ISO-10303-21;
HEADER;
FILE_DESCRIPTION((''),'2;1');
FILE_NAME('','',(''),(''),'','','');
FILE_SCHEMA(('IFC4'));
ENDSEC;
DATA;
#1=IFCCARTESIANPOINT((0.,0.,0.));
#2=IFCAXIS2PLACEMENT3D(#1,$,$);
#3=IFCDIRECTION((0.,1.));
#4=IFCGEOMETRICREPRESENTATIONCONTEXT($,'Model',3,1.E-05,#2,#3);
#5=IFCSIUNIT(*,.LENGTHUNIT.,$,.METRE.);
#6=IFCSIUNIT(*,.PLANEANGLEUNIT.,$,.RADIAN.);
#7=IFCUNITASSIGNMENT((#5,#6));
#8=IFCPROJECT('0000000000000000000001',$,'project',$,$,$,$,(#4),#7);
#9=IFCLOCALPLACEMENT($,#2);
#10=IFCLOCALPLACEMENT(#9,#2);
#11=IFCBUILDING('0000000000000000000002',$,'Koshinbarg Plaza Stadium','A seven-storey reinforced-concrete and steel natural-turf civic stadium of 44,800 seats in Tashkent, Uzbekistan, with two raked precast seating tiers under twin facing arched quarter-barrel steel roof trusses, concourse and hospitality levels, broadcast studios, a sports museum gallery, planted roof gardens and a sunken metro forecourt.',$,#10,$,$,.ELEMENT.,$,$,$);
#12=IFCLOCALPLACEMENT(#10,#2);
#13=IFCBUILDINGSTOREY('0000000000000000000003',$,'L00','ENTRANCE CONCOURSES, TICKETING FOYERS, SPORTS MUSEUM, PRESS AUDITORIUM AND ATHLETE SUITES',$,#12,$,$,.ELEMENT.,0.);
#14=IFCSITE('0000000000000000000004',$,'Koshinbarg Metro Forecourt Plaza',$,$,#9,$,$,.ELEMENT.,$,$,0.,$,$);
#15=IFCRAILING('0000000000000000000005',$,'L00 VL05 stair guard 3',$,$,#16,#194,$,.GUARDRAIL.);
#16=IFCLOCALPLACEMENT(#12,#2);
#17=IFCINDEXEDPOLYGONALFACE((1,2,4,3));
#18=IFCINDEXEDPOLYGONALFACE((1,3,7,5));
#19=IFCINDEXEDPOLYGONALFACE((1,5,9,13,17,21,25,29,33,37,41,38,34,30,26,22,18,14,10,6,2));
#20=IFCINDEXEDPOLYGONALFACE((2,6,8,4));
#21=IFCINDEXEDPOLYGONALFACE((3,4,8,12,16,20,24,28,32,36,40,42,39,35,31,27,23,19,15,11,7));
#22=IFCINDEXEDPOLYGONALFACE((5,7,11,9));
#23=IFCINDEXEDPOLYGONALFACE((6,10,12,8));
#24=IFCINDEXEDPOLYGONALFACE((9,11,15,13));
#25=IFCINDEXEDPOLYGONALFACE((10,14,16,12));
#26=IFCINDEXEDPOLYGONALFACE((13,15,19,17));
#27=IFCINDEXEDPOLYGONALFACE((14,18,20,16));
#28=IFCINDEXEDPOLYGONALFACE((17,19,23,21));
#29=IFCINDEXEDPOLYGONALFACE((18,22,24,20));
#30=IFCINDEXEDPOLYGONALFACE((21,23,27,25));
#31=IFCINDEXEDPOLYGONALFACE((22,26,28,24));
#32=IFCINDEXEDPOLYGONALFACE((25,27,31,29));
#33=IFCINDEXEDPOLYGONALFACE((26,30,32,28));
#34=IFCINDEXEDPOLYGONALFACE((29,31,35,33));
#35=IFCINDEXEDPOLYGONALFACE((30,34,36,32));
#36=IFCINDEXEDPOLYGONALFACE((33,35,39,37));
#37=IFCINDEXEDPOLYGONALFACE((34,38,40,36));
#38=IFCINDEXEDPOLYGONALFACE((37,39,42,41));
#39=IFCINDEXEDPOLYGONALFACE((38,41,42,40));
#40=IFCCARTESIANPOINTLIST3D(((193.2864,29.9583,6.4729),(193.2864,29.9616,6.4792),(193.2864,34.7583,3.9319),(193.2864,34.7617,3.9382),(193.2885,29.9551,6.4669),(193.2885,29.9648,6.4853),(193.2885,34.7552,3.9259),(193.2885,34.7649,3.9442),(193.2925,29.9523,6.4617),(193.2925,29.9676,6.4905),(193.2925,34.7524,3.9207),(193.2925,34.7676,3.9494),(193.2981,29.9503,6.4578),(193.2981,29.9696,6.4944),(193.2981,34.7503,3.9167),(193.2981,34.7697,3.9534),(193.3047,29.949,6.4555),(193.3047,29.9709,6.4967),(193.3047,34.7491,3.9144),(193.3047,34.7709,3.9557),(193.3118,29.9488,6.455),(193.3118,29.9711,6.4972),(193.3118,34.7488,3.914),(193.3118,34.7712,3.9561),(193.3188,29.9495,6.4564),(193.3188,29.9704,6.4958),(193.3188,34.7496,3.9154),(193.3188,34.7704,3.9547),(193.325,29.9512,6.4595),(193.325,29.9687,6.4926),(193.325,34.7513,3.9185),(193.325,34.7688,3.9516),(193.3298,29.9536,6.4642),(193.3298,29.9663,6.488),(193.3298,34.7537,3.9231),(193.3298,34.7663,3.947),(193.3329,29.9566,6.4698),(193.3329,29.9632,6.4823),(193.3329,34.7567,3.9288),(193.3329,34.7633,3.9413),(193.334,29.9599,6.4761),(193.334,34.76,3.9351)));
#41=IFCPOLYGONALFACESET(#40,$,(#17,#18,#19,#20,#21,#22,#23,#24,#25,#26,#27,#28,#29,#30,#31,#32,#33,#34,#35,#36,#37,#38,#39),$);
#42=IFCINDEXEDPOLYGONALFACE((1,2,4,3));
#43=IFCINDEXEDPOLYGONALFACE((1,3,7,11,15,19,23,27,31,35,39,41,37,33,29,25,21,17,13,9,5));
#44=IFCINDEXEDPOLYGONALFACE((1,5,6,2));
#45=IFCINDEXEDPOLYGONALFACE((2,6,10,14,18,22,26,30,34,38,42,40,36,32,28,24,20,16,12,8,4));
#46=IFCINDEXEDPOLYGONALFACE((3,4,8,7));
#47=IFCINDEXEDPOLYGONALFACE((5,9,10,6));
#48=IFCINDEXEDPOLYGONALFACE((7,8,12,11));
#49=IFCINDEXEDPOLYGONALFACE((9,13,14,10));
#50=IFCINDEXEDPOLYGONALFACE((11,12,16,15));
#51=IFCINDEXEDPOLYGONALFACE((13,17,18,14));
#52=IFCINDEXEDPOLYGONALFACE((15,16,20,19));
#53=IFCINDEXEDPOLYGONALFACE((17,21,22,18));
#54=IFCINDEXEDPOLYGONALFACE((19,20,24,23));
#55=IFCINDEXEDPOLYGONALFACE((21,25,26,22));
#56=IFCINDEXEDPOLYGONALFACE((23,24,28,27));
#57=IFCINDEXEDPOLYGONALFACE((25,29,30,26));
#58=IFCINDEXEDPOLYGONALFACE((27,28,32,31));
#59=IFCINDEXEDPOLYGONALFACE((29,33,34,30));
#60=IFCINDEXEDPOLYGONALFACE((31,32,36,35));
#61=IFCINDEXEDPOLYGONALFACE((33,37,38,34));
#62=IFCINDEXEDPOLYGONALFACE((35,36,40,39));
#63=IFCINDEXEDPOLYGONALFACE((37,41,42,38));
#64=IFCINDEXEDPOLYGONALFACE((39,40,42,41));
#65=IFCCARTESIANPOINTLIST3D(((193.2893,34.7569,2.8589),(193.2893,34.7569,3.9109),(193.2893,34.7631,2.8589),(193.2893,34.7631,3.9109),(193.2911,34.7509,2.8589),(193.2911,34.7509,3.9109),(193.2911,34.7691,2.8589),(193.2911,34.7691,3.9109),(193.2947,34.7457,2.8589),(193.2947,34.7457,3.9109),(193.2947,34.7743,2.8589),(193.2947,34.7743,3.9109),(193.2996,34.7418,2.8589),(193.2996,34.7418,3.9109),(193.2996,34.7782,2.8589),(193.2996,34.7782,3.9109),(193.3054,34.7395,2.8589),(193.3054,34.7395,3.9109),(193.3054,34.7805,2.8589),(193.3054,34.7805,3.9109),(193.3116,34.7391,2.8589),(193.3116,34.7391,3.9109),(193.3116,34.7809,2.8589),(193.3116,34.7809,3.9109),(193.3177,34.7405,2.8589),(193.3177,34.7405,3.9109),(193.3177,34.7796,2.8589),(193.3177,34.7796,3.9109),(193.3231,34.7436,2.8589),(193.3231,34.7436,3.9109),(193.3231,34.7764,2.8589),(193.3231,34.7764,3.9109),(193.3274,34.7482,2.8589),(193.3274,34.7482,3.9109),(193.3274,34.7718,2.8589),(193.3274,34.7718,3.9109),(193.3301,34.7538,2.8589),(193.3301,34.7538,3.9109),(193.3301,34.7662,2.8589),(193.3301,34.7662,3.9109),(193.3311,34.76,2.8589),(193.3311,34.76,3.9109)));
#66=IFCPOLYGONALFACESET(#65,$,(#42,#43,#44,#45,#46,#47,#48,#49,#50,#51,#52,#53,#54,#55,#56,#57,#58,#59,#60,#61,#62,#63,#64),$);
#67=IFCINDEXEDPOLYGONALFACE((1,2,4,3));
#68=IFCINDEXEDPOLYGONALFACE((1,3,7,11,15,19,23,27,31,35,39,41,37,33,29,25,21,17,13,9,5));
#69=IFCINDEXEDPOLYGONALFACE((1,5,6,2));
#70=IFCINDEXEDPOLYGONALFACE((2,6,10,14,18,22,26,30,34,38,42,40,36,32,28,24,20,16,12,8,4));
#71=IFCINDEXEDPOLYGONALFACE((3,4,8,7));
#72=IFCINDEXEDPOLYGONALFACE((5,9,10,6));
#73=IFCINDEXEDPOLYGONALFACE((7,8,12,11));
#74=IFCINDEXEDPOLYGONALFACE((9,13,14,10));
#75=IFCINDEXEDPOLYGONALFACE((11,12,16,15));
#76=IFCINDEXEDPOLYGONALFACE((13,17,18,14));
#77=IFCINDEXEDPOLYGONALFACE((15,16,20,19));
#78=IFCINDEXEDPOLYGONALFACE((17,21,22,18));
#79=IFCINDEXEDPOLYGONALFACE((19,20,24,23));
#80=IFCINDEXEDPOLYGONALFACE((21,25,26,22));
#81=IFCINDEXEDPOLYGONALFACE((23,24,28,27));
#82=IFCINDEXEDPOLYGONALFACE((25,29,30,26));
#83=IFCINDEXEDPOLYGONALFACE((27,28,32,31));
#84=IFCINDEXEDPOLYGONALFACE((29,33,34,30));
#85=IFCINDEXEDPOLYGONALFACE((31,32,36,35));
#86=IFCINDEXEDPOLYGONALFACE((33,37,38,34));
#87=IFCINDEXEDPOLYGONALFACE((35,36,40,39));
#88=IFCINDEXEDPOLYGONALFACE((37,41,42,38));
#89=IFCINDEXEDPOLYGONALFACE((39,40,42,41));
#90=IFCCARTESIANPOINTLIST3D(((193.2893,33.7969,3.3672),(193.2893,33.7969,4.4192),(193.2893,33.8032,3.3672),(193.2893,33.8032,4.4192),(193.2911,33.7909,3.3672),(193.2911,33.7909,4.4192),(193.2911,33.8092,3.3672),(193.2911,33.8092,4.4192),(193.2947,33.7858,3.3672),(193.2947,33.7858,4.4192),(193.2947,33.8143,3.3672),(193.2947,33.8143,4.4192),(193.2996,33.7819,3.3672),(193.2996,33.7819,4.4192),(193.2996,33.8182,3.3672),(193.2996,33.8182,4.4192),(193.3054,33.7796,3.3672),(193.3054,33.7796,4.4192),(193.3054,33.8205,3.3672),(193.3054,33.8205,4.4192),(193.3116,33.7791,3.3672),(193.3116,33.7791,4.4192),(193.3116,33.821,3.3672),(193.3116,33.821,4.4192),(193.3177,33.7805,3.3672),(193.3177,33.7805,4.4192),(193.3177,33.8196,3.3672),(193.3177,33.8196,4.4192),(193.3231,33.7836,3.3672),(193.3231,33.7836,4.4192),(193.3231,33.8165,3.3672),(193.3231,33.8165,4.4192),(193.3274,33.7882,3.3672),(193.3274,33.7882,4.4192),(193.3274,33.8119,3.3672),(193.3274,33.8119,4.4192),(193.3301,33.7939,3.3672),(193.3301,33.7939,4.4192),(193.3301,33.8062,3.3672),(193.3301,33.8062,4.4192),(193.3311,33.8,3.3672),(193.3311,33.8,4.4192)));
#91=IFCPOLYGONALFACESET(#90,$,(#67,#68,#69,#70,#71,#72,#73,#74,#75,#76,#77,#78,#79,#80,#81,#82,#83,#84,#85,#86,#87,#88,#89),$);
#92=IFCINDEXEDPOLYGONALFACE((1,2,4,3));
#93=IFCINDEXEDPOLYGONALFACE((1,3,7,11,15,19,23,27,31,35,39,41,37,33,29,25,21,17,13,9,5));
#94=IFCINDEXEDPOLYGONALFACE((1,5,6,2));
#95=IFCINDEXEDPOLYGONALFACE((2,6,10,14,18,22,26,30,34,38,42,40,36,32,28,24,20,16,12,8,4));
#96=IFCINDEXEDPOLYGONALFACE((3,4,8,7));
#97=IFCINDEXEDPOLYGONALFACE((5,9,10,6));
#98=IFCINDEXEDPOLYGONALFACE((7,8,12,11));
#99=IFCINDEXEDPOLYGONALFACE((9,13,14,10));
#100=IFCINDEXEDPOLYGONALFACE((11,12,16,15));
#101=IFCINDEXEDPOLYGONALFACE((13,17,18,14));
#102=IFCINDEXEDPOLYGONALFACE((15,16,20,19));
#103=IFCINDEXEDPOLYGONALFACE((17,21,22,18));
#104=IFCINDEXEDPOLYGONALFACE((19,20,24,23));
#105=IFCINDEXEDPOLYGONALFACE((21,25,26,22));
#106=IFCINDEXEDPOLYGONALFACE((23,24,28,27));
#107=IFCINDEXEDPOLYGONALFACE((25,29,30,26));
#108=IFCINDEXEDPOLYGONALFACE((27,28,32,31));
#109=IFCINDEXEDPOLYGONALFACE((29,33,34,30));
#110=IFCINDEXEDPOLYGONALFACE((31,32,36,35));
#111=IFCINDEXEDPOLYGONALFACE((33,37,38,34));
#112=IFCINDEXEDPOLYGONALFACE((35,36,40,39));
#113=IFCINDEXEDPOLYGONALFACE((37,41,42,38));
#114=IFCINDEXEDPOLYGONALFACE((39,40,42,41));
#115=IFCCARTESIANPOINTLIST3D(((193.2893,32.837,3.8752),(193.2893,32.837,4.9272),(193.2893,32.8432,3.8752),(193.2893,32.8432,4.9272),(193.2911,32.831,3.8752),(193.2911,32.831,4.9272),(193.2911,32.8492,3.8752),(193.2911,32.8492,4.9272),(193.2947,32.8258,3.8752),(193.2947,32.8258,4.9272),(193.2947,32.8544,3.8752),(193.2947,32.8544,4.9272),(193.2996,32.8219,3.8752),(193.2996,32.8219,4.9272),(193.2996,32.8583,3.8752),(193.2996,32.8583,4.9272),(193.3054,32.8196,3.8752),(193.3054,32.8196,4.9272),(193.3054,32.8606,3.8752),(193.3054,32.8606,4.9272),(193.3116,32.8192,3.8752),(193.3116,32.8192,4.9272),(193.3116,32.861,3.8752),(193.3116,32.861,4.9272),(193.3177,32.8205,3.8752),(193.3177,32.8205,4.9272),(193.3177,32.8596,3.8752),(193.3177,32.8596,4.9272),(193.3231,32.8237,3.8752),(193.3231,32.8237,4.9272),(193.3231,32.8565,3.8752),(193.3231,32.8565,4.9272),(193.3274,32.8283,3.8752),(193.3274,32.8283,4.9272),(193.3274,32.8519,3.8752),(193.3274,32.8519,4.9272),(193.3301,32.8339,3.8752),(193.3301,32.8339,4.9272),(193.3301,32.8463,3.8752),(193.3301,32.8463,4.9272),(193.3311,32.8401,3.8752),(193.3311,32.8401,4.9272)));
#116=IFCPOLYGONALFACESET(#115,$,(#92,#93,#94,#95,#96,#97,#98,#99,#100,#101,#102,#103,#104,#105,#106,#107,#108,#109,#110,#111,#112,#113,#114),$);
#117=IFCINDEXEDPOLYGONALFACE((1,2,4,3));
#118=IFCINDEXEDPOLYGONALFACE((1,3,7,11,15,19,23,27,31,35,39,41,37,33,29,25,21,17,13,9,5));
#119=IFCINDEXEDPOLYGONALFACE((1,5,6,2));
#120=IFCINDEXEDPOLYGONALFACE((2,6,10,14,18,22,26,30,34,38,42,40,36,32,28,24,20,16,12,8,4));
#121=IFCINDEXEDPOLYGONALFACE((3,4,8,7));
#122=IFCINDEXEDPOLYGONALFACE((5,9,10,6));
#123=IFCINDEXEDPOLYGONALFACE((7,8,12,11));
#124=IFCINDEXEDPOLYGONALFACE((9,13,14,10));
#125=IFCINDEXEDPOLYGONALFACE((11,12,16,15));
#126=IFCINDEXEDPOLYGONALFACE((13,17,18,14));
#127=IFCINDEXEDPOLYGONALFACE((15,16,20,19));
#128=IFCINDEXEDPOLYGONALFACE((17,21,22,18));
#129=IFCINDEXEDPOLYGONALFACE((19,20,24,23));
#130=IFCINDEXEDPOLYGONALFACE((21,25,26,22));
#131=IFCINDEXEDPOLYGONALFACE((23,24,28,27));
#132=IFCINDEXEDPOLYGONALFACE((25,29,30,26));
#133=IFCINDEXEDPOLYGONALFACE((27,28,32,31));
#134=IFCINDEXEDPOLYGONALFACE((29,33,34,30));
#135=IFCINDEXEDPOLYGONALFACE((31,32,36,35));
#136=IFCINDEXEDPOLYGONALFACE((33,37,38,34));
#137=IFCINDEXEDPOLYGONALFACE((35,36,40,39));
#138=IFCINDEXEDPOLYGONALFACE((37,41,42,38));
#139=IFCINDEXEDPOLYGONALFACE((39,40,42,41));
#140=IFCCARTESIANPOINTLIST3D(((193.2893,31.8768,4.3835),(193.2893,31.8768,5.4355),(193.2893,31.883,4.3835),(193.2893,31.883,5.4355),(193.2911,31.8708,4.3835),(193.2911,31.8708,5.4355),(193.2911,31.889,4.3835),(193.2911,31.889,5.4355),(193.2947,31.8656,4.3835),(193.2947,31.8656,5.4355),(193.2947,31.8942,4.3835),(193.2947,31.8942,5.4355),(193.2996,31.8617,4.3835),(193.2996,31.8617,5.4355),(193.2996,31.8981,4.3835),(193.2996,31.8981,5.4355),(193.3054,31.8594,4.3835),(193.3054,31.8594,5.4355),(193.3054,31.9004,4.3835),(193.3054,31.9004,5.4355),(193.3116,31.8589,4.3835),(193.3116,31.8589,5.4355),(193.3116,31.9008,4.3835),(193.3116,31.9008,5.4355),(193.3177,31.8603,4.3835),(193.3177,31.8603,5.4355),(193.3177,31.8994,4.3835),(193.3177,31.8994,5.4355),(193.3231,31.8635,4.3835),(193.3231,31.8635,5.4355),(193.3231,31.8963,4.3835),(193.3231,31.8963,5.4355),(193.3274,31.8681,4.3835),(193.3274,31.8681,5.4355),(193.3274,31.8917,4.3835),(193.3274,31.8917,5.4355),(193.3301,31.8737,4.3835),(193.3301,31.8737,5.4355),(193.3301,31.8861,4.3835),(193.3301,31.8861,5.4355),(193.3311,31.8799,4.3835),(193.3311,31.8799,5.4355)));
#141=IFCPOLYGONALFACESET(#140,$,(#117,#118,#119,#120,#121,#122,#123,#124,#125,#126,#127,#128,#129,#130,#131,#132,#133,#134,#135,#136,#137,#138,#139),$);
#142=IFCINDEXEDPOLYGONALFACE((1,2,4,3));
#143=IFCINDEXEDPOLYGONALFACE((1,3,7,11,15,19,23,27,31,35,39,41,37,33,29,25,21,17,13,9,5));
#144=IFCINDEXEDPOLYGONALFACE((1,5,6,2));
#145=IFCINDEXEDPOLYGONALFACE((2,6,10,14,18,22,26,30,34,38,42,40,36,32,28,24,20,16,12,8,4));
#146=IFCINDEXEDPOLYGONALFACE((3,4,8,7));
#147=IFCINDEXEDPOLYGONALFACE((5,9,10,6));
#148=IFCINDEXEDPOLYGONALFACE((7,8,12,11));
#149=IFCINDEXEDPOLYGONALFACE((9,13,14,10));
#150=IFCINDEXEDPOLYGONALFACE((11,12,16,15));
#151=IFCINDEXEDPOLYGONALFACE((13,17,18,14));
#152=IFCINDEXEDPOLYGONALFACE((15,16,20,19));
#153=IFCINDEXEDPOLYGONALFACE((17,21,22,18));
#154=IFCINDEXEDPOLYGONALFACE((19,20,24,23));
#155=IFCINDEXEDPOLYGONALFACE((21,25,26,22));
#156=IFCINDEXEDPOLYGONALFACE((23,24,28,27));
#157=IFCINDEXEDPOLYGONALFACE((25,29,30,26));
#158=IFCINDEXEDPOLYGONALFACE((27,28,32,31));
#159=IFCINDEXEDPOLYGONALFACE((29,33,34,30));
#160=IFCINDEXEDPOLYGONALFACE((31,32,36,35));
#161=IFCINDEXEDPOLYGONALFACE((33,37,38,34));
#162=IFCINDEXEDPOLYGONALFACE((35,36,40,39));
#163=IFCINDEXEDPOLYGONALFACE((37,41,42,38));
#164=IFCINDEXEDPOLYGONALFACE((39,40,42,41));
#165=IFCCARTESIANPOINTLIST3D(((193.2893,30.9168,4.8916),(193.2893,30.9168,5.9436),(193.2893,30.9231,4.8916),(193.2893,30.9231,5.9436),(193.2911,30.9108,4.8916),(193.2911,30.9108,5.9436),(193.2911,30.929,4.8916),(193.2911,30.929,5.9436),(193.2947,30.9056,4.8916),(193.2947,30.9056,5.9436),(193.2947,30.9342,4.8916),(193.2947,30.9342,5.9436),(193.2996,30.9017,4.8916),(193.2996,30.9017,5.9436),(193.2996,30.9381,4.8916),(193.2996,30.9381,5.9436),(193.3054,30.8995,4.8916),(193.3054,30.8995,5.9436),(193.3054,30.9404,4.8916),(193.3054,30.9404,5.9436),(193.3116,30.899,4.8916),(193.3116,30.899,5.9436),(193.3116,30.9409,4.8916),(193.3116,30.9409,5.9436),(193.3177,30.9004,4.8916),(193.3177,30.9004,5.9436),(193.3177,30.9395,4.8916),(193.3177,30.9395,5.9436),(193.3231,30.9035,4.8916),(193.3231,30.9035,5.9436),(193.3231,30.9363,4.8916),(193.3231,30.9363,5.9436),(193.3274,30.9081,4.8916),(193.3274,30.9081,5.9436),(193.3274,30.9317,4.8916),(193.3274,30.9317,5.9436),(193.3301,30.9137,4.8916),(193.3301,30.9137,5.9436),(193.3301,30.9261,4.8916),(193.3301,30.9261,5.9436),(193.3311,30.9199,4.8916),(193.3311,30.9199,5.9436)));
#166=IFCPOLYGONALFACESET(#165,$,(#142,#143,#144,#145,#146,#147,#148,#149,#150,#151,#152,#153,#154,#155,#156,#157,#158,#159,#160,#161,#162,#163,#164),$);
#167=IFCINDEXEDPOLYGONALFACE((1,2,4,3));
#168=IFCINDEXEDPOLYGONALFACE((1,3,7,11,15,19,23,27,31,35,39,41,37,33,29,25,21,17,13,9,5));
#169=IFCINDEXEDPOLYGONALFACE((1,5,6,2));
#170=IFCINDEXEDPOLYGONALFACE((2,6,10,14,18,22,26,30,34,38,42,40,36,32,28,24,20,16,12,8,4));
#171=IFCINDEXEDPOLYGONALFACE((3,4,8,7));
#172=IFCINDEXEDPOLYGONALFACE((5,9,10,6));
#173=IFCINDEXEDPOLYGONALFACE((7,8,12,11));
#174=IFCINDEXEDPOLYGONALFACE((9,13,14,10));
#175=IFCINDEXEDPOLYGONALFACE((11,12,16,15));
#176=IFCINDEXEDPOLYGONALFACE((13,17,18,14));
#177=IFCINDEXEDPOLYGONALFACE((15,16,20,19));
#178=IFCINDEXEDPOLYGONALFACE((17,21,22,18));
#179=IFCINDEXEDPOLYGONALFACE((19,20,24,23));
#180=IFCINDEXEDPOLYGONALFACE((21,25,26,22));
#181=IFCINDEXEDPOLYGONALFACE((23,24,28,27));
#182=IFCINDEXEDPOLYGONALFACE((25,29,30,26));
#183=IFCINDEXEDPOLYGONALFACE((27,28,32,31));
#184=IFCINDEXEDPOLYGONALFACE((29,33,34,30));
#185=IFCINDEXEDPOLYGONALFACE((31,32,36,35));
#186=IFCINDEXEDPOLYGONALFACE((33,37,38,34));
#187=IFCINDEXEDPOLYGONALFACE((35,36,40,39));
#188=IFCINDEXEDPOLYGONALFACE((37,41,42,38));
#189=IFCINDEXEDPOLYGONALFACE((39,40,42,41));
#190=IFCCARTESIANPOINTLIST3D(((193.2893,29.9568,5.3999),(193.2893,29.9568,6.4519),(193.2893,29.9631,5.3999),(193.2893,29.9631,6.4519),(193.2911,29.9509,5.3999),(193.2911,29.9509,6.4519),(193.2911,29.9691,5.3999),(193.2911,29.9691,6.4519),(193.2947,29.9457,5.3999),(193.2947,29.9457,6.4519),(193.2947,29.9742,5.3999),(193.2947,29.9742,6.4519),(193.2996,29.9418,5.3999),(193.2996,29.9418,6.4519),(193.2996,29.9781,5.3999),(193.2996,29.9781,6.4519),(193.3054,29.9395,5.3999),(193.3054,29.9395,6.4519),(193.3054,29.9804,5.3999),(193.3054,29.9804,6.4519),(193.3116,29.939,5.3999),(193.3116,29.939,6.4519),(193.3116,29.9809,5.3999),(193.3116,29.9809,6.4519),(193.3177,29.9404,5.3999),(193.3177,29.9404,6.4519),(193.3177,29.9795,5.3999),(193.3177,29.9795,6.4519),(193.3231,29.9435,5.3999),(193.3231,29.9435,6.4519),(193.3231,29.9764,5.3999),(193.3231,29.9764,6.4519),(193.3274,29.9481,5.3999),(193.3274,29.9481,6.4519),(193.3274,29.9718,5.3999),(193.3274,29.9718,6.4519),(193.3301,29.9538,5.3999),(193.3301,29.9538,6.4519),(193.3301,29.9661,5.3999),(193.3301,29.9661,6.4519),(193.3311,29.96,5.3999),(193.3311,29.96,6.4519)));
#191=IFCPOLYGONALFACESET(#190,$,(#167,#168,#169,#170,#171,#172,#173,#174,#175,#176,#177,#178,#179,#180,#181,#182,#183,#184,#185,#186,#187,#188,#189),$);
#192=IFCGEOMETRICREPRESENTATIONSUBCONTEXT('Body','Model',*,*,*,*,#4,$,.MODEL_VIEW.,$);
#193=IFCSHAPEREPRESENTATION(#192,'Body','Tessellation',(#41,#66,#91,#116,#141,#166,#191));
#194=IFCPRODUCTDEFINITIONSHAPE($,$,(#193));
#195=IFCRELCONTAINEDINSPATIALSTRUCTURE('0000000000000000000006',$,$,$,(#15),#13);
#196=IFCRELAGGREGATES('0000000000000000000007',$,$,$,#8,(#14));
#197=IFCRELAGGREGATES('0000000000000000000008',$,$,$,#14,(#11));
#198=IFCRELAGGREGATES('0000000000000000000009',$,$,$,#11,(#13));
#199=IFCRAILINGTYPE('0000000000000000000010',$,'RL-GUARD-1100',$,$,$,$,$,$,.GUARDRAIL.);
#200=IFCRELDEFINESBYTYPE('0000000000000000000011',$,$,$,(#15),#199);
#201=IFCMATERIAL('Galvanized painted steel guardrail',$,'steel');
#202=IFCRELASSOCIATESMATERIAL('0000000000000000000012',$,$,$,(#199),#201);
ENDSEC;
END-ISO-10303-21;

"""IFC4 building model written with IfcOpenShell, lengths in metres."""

from ifc_helpers import new_model, si_unit, direction, frame, origin, origin_2d, place, context, subcontext, project, spatial, circle, extrude, material, type_object, element, save


model = new_model("IFC4")

# Units and contexts
model_context = context("Model", 3, precision=1e-05, world=origin(), true_north=direction((0.0, 1.0)))
body_context = subcontext(model_context, "Body", "Model", "MODEL_VIEW")
ifc_project = project(units=[si_unit("LENGTHUNIT", "METRE"), si_unit("PLANEANGLEUNIT", "RADIAN")], contexts=[model_context])

# Site, building, storey
site_placement = place(None, origin())
site = spatial("IfcSite", under=ifc_project, at=site_placement, Name="Koshinbarg Metro Forecourt Plaza", CompositionType="ELEMENT", RefElevation=0.0)
building_placement = place(site_placement, origin())
building = spatial("IfcBuilding", under=site, at=building_placement, Name="Koshinbarg Plaza Stadium", Description="A seven-storey reinforced-concrete and steel natural-turf civic stadium of 44,800 seats in Tashkent, Uzbekistan, with two raked precast seating tiers under twin facing arched quarter-barrel steel roof trusses, concourse and hospitality levels, broadcast studios, a sports museum gallery, planted roof gardens and a sunken metro forecourt.", CompositionType="ELEMENT")
storey_placement = place(building_placement, origin())
storey = spatial("IfcBuildingStorey", under=building, at=storey_placement, Name="L00", Description="ENTRANCE CONCOURSES, TICKETING FOYERS, SPORTS MUSEUM, PRESS AUDITORIUM AND ATHLETE SUITES", CompositionType="ELEMENT", Elevation=0.0)

# Railing
ifc_material_1 = material(Name="Galvanized painted steel guardrail", Category="steel")
railing_type_1 = type_object("IfcRailingType", Name="RL-GUARD-1100", PredefinedType="GUARDRAIL", material=ifc_material_1)
railing_1_placement = place(storey_placement, frame((193.3101, 34.76, 2.8589)))
element("IfcRailing", 1, at=railing_1_placement, inside=storey, type_object=railing_type_1, Name="L00 VL05 stair guard 3", PredefinedType="GUARDRAIL", context=body_context, shape_type="SweptSolid", body=[
    extrude(circle(Radius=0.0239, at=origin_2d()), frame((0.0, 0.0, 1.0762), z_axis=(0.0, -0.883802, 0.467861), x_axis=(1.0, 0.0, 0.0)), (0.0, 0.0, 1.0), 5.4312),
    extrude(circle(Radius=0.021, at=origin_2d()), origin(), (0.0, 0.0, 1.0), 1.052),
    extrude(circle(Radius=0.021, at=origin_2d()), frame((0.0, -0.96, 0.5083)), (0.0, 0.0, 1.0), 1.052),
    extrude(circle(Radius=0.021, at=origin_2d()), frame((0.0, -1.9199, 1.0164)), (0.0, 0.0, 1.0), 1.052),
    extrude(circle(Radius=0.021, at=origin_2d()), frame((0.0, -2.8801, 1.5247)), (0.0, 0.0, 1.0), 1.052),
    extrude(circle(Radius=0.021, at=origin_2d()), frame((0.0, -3.8401, 2.0327)), (0.0, 0.0, 1.0), 1.052),
    extrude(circle(Radius=0.021, at=origin_2d()), frame((0.0, -4.8, 2.541)), (0.0, 0.0, 1.0), 1.052),
])

save(model, "model.ifc")
